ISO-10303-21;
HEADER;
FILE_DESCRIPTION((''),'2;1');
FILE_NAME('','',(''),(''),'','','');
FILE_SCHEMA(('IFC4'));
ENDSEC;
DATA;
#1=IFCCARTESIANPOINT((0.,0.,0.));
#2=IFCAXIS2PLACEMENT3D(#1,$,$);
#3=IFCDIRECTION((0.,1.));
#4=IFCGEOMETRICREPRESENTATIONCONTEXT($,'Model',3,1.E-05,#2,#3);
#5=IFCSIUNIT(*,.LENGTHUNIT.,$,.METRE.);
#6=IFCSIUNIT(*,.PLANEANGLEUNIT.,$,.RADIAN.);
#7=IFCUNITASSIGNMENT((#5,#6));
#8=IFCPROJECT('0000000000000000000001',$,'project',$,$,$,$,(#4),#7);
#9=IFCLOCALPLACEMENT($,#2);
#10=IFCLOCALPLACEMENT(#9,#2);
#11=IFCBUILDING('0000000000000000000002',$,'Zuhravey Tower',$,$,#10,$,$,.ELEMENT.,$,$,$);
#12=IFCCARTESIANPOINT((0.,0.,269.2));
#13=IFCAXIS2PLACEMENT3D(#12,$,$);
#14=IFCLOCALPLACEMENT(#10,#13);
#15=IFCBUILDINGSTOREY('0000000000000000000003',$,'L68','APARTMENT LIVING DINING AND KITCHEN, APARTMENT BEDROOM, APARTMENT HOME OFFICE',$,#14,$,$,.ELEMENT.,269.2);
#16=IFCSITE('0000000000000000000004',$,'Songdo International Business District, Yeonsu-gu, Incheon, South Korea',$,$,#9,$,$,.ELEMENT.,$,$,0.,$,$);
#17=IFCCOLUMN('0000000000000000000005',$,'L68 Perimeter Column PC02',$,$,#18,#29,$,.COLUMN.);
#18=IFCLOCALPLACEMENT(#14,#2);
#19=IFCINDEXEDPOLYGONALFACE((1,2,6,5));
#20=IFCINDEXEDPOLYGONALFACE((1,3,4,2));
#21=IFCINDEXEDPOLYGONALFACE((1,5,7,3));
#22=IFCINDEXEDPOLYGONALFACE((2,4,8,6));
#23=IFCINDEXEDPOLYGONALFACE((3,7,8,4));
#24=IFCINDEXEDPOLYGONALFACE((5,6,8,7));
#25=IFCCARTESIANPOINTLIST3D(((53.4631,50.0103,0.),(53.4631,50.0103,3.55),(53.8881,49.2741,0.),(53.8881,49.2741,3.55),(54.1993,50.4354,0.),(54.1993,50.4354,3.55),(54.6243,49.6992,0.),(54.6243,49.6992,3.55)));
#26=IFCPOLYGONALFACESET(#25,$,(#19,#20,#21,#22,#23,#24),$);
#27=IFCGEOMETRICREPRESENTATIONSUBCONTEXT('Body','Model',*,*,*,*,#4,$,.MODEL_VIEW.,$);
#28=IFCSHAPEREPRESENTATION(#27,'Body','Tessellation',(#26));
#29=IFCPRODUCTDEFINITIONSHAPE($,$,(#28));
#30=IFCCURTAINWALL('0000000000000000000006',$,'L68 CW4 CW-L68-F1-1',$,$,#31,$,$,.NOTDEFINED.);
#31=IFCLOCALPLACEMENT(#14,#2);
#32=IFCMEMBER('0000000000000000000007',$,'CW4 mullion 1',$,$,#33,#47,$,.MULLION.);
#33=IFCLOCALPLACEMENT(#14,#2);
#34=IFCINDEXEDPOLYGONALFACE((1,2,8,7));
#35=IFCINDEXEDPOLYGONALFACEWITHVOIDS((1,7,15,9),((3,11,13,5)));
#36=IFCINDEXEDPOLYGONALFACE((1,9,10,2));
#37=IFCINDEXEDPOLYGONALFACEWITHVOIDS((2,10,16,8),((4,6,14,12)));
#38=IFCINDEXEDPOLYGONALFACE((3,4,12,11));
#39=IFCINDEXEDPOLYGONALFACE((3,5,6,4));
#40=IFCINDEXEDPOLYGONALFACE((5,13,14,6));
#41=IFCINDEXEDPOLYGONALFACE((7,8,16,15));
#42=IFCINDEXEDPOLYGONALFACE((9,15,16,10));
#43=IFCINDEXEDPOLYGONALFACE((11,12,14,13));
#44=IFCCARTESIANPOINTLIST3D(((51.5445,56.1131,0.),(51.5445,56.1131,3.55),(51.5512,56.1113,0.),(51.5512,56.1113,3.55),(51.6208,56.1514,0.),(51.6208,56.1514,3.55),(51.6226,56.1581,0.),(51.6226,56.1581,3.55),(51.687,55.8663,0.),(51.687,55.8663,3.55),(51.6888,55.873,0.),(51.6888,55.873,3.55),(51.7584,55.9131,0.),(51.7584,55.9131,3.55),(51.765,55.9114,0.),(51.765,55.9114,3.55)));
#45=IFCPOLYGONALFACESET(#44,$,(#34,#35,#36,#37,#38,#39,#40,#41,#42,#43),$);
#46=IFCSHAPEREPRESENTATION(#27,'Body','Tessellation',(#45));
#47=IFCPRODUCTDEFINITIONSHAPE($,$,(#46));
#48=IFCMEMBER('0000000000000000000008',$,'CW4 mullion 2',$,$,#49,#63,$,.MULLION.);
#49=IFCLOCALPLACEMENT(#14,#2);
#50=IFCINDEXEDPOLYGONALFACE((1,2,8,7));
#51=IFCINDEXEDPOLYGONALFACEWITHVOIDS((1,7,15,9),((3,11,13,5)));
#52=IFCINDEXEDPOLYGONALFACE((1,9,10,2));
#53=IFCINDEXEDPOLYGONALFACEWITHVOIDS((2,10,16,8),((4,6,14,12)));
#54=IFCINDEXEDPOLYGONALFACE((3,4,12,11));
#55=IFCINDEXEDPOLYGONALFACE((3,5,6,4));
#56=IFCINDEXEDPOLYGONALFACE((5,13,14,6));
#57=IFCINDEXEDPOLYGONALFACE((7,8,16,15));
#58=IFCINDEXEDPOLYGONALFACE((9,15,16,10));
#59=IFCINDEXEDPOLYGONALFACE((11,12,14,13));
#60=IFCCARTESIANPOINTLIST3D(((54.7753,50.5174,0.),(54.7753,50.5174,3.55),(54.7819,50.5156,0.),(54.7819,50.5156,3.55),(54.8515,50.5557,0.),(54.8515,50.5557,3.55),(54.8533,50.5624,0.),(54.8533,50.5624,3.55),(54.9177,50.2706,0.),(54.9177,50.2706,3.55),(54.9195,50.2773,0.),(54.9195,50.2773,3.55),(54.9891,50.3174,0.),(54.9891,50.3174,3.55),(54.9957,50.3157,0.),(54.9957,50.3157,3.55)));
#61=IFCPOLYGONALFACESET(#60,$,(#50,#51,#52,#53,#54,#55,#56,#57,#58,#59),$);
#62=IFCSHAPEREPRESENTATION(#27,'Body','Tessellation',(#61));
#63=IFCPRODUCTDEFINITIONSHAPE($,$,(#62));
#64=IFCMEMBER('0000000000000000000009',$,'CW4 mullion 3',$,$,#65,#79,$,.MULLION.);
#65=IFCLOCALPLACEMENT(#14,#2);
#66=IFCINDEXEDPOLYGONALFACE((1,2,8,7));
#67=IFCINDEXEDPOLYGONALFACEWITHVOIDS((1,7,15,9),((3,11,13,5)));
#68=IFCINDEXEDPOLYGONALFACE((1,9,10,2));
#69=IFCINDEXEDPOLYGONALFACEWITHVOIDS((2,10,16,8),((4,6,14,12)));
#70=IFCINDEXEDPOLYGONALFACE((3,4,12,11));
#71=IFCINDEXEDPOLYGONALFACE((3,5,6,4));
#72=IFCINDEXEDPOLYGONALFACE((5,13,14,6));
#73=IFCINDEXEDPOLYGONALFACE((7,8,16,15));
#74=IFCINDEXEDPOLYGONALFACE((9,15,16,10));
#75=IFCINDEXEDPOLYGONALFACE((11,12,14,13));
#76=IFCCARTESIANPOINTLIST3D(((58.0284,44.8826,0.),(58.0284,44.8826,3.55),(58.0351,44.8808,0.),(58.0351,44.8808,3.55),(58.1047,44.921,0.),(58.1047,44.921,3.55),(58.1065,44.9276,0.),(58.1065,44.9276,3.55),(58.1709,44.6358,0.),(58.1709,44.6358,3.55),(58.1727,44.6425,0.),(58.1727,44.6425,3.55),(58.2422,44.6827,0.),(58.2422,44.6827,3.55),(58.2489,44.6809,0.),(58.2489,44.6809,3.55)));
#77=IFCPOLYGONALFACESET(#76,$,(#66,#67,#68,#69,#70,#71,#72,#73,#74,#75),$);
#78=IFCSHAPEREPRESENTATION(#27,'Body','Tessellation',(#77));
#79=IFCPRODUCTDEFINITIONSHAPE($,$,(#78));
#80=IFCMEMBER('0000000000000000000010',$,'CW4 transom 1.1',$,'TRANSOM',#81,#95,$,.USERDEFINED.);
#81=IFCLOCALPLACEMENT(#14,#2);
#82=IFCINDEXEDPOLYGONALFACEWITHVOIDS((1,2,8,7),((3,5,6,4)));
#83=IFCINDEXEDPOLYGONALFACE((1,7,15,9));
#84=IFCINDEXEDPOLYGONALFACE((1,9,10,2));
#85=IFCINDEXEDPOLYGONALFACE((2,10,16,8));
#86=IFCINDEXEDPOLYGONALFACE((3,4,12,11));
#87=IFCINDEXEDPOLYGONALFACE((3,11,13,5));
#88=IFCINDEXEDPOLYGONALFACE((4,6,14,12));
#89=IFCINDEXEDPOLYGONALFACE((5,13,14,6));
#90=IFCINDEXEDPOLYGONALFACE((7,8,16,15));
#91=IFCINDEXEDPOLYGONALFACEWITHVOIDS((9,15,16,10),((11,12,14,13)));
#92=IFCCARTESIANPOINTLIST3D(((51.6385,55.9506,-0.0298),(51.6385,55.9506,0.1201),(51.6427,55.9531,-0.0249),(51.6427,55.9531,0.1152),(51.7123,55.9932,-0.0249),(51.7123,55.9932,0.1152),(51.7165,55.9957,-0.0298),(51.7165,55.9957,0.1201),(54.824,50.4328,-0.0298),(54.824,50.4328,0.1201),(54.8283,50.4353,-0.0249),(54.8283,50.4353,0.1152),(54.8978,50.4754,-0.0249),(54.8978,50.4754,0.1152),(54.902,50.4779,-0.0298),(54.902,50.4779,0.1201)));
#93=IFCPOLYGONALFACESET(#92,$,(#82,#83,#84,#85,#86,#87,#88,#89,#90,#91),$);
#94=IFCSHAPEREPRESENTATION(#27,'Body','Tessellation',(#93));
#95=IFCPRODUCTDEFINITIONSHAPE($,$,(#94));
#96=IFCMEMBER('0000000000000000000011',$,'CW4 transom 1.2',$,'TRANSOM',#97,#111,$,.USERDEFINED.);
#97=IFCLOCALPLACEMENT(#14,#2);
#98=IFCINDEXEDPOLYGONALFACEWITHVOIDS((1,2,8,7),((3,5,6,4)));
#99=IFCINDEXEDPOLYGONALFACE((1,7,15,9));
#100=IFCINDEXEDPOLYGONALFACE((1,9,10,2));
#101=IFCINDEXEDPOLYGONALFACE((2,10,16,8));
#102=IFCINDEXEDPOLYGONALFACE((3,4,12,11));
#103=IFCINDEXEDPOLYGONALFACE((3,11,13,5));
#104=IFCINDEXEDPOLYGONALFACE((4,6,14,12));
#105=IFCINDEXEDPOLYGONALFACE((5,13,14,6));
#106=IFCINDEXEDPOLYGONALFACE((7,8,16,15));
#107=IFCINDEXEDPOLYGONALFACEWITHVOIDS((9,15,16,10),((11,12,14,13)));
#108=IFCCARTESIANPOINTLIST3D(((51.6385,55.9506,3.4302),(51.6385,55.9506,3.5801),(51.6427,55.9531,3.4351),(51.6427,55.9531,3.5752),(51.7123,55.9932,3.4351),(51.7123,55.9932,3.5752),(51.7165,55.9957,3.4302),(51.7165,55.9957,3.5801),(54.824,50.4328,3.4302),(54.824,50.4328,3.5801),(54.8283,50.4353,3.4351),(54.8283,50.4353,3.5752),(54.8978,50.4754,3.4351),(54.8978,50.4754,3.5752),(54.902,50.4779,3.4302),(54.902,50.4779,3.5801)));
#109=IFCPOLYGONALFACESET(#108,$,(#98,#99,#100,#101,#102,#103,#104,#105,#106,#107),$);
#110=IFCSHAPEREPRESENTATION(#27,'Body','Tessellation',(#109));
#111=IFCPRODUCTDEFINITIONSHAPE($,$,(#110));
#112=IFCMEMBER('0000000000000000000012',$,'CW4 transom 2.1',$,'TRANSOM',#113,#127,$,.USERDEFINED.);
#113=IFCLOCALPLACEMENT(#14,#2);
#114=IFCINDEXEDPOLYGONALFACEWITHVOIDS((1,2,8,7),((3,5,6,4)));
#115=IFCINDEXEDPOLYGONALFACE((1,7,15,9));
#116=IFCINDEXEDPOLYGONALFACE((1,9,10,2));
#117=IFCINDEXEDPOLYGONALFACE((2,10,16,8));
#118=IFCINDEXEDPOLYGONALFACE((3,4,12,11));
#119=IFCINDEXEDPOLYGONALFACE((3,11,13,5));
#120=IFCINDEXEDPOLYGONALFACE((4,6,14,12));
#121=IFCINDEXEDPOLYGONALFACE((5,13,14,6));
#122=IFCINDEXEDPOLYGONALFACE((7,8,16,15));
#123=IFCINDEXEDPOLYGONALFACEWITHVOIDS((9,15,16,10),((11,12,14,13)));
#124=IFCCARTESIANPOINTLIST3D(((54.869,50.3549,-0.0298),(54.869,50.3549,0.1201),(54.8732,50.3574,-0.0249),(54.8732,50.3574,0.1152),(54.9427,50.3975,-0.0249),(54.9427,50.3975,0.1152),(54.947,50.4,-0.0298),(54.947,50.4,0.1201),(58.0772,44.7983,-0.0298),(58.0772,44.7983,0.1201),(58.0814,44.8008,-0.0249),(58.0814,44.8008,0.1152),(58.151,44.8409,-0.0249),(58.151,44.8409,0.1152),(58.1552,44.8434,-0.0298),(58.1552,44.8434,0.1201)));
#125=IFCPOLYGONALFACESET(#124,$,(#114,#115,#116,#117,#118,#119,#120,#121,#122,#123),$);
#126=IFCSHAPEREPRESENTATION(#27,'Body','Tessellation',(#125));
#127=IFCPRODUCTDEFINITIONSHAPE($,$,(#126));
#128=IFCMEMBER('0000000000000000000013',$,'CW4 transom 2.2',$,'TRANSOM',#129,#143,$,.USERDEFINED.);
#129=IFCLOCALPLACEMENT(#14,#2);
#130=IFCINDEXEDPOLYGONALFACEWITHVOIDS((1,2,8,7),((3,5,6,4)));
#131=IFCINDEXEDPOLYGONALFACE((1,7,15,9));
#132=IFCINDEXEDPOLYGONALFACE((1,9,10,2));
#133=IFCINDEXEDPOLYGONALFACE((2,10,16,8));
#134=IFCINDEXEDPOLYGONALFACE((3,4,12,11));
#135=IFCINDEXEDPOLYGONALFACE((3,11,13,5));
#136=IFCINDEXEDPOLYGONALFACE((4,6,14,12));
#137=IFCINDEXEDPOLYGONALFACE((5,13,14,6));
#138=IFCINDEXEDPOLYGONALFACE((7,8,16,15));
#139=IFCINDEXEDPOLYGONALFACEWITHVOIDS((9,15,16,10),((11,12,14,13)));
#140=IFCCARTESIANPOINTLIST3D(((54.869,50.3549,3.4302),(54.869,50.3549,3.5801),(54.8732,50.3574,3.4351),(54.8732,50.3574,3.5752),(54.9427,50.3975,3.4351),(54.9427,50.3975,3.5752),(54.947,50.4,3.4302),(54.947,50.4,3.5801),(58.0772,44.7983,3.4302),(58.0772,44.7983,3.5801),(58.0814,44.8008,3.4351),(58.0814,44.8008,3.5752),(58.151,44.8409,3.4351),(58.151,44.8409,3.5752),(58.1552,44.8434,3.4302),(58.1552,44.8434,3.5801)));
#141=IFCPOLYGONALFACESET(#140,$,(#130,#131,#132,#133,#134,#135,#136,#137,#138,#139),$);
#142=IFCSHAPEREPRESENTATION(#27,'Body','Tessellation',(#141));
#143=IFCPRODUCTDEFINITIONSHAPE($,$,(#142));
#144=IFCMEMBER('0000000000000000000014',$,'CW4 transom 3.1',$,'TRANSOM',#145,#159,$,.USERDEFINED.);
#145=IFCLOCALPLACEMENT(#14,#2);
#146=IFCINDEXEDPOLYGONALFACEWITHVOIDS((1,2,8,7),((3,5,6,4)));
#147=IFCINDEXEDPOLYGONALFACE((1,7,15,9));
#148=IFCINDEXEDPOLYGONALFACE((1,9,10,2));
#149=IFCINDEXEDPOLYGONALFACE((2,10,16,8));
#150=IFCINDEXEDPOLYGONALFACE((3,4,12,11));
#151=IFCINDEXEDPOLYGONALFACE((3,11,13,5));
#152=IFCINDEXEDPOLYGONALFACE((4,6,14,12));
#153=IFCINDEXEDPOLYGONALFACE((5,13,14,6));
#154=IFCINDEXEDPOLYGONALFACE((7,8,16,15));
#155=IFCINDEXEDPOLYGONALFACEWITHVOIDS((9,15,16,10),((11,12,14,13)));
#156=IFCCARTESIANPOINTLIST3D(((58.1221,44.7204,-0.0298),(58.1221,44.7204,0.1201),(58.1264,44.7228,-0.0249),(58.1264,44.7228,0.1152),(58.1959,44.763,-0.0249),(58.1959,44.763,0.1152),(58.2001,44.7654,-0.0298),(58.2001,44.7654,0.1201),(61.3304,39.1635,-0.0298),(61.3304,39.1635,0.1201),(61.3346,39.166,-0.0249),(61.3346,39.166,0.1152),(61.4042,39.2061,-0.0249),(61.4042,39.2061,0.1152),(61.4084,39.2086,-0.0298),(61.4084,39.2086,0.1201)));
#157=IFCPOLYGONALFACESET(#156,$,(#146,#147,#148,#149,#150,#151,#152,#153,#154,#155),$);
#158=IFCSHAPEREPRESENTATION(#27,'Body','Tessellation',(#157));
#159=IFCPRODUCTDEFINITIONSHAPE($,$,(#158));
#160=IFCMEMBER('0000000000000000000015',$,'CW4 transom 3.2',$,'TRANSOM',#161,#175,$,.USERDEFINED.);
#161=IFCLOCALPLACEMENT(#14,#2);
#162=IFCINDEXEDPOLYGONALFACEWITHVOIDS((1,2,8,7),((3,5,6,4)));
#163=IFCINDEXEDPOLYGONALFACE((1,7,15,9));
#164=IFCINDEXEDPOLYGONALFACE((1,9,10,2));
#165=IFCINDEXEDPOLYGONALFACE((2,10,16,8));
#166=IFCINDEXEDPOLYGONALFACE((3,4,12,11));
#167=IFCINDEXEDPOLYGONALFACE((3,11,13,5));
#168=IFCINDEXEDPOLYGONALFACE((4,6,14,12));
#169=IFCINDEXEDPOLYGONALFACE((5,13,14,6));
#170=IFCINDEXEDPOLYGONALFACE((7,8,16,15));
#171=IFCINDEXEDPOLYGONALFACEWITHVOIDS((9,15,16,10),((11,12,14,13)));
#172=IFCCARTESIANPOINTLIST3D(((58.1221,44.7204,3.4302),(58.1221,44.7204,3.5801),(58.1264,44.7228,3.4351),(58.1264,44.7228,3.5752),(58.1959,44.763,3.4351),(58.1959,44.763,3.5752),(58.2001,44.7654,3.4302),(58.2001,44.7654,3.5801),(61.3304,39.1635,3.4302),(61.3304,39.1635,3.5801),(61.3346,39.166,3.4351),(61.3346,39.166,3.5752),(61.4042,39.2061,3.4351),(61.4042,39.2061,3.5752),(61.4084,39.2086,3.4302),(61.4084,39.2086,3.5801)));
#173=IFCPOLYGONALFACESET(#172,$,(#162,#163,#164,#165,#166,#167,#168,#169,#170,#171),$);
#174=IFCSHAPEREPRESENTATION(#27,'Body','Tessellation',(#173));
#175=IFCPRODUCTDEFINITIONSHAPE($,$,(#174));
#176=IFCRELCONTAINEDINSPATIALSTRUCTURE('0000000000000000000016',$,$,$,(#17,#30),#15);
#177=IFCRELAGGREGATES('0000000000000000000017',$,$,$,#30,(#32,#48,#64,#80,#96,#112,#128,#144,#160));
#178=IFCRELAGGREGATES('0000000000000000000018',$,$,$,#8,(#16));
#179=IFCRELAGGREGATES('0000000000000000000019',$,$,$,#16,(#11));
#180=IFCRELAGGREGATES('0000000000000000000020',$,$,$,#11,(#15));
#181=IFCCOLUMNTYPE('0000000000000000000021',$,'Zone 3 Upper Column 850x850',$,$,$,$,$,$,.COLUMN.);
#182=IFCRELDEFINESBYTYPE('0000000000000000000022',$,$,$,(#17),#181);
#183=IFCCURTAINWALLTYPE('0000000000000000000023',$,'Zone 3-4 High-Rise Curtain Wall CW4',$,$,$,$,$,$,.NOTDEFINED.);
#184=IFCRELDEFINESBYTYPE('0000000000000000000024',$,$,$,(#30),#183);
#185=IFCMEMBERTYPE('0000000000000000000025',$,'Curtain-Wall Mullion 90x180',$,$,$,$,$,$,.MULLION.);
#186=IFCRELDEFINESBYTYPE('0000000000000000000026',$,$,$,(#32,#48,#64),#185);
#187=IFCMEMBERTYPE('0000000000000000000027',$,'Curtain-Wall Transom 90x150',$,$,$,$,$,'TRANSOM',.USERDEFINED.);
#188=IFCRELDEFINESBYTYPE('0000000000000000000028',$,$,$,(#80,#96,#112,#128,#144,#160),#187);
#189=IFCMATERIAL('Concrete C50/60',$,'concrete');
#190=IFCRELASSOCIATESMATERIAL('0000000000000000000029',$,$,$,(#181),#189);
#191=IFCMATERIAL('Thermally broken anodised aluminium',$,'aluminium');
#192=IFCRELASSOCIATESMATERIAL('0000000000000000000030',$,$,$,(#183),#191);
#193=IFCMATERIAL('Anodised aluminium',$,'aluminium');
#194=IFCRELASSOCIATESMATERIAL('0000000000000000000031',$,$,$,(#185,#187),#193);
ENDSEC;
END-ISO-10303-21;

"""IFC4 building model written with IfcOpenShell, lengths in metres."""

from ifc_helpers import new_model, si_unit, direction, frame, origin, origin_2d, place, context, subcontext, project, spatial, rectangle, hollow_rectangle, extrude, material, material_profile, profile_set, type_object, element, aggregate, save


model = new_model("IFC4")

# Units and contexts
model_context = context("Model", 3, precision=1e-05, world=origin(), true_north=direction((0.0, 1.0)))
body_context = subcontext(model_context, "Body", "Model", "MODEL_VIEW")
ifc_project = project(units=[si_unit("LENGTHUNIT", "METRE"), si_unit("PLANEANGLEUNIT", "RADIAN")], contexts=[model_context])

# Site, building, storey
site_placement = place(None, origin())
site = spatial("IfcSite", under=ifc_project, at=site_placement, Name="Songdo International Business District, Yeonsu-gu, Incheon, South Korea", CompositionType="ELEMENT", RefElevation=0.0)
building_placement = place(site_placement, origin())
building = spatial("IfcBuilding", under=site, at=building_placement, Name="Zuhravey Tower", CompositionType="ELEMENT")
storey_placement = place(building_placement, frame((0.0, 0.0, 269.2)))
storey = spatial("IfcBuildingStorey", under=building, at=storey_placement, Name="L68", Description="APARTMENT LIVING DINING AND KITCHEN, APARTMENT BEDROOM, APARTMENT HOME OFFICE", CompositionType="ELEMENT", Elevation=269.2)

# Column
ifc_material_1 = material(Name="Concrete C50/60", Category="concrete")
ifc_material_profile_1 = material_profile(ifc_material_1, rectangle(XDim=0.8501, YDim=0.8501, at=origin_2d()), Name="RC-850x850")
ifc_profile_set_1 = profile_set([ifc_material_profile_1], Name="Concrete C50/60")
column_type = type_object("IfcColumnType", Name="Zone 3 Upper Column 850x850", PredefinedType="COLUMN", material=ifc_profile_set_1)
column_placement = place(storey_placement, frame((54.0437, 49.8547, 0.0), z_axis=(0.0, 0.0, 1.0), x_axis=(-0.5, 0.866025, 0.0)))
element("IfcColumn", 1, at=column_placement, inside=storey, type_object=column_type, Name="L68 Perimeter Column PC02", PredefinedType="COLUMN", context=body_context, shape_type="SweptSolid", body=[
    extrude(rectangle(XDim=0.8501, YDim=0.8501, at=origin_2d()), origin(), (0.0, 0.0, 1.0), 3.55),
])

# Curtain wall, members
ifc_material_2 = material(Name="Thermally broken anodised aluminium", Category="aluminium")
curtain_wall_type = type_object("IfcCurtainWallType", Name="Zone 3-4 High-Rise Curtain Wall CW4", PredefinedType="NOTDEFINED", material=ifc_material_2)
curtain_wall_placement = place(storey_placement, origin())
curtain_wall = element("IfcCurtainWall", 2, at=curtain_wall_placement, inside=storey, type_object=curtain_wall_type, Name="L68 CW4 CW-L68-F1-1", PredefinedType="NOTDEFINED")
ifc_material_3 = material(Name="Anodised aluminium", Category="aluminium")
ifc_material_profile_2 = material_profile(ifc_material_3, hollow_rectangle(XDim=0.0901, YDim=0.2849, WallThickness=0.0049, at=origin_2d()), Name="ALU-RHS-90x285x5")
ifc_profile_set_2 = profile_set([ifc_material_profile_2], Name="Anodised aluminium")
member_type_1 = type_object("IfcMemberType", Name="Curtain-Wall Mullion 90x180", PredefinedType="MULLION", material=ifc_profile_set_2)
member_1_placement = place(storey_placement, frame((51.6548, 56.0122, 0.0), z_axis=(0.0, 0.0, 1.0), x_axis=(0.866025, 0.500001, 0.0)))
member_1 = element("IfcMember", 3, at=member_1_placement, type_object=member_type_1, Name="CW4 mullion 1", PredefinedType="MULLION", context=body_context, shape_type="SweptSolid", body=[
    extrude(hollow_rectangle(XDim=0.0901, YDim=0.2849, WallThickness=0.0049, at=origin_2d()), origin(), (0.0, 0.0, 1.0), 3.55),
])
member_2_placement = place(storey_placement, frame((54.8855, 50.4165, 0.0), z_axis=(0.0, 0.0, 1.0), x_axis=(0.866025, 0.500001, 0.0)))
member_2 = element("IfcMember", 4, at=member_2_placement, type_object=member_type_1, Name="CW4 mullion 2", PredefinedType="MULLION", context=body_context, shape_type="SweptSolid", body=[
    extrude(hollow_rectangle(XDim=0.0901, YDim=0.2849, WallThickness=0.0049, at=origin_2d()), origin(), (0.0, 0.0, 1.0), 3.55),
])
member_3_placement = place(storey_placement, frame((58.1387, 44.7817, 0.0), z_axis=(0.0, 0.0, 1.0), x_axis=(0.866025, 0.500001, 0.0)))
member_3 = element("IfcMember", 5, at=member_3_placement, type_object=member_type_1, Name="CW4 mullion 3", PredefinedType="MULLION", context=body_context, shape_type="SweptSolid", body=[
    extrude(hollow_rectangle(XDim=0.0901, YDim=0.2849, WallThickness=0.0049, at=origin_2d()), origin(), (0.0, 0.0, 1.0), 3.55),
])
ifc_material_profile_3 = material_profile(ifc_material_3, hollow_rectangle(XDim=0.0901, YDim=0.1499, WallThickness=0.0049, at=origin_2d()), Name="ALU-RHS-90x150x5")
ifc_profile_set_3 = profile_set([ifc_material_profile_3], Name="Anodised aluminium")
member_type_2 = type_object("IfcMemberType", Name="Curtain-Wall Transom 90x150", ElementType="TRANSOM", PredefinedType="USERDEFINED", material=ifc_profile_set_3)
member_4_placement = place(storey_placement, frame((51.6775, 55.9731, 0.0452), z_axis=(0.49998, -0.866037, 0.0), x_axis=(0.866037, 0.49998, 0.0)))
member_4 = element("IfcMember", 6, at=member_4_placement, type_object=member_type_2, Name="CW4 transom 1.1", ObjectType="TRANSOM", PredefinedType="USERDEFINED", context=body_context, shape_type="SweptSolid", body=[
    extrude(hollow_rectangle(XDim=0.0901, YDim=0.1499, WallThickness=0.0049, at=origin_2d()), origin(), (0.0, 0.0, 1.0), 6.3713),
])
member_5_placement = place(storey_placement, frame((51.6775, 55.9731, 3.5051), z_axis=(0.49998, -0.866037, 0.0), x_axis=(0.866037, 0.49998, 0.0)))
member_5 = element("IfcMember", 7, at=member_5_placement, type_object=member_type_2, Name="CW4 transom 1.2", ObjectType="TRANSOM", PredefinedType="USERDEFINED", context=body_context, shape_type="SweptSolid", body=[
    extrude(hollow_rectangle(XDim=0.0901, YDim=0.1499, WallThickness=0.0049, at=origin_2d()), origin(), (0.0, 0.0, 1.0), 6.3713),
])
member_6_placement = place(storey_placement, frame((54.908, 50.3774, 0.0452), z_axis=(0.500014, -0.866017, 0.0), x_axis=(0.866017, 0.500014, 0.0)))
member_6 = element("IfcMember", 8, at=member_6_placement, type_object=member_type_2, Name="CW4 transom 2.1", ObjectType="TRANSOM", PredefinedType="USERDEFINED", context=body_context, shape_type="SweptSolid", body=[
    extrude(hollow_rectangle(XDim=0.0901, YDim=0.1499, WallThickness=0.0049, at=origin_2d()), origin(), (0.0, 0.0, 1.0), 6.4163),
])
member_7_placement = place(storey_placement, frame((54.908, 50.3774, 3.5051), z_axis=(0.500014, -0.866017, 0.0), x_axis=(0.866017, 0.500014, 0.0)))
member_7 = element("IfcMember", 9, at=member_7_placement, type_object=member_type_2, Name="CW4 transom 2.2", ObjectType="TRANSOM", PredefinedType="USERDEFINED", context=body_context, shape_type="SweptSolid", body=[
    extrude(hollow_rectangle(XDim=0.0901, YDim=0.1499, WallThickness=0.0049, at=origin_2d()), origin(), (0.0, 0.0, 1.0), 6.4163),
])
member_8_placement = place(storey_placement, frame((58.1611, 44.7429, 0.0452), z_axis=(0.499998, -0.866027, 0.0), x_axis=(0.866027, 0.499998, 0.0)))
member_8 = element("IfcMember", 10, at=member_8_placement, type_object=member_type_2, Name="CW4 transom 3.1", ObjectType="TRANSOM", PredefinedType="USERDEFINED", context=body_context, shape_type="SweptSolid", body=[
    extrude(hollow_rectangle(XDim=0.0901, YDim=0.1499, WallThickness=0.0049, at=origin_2d()), origin(), (0.0, 0.0, 1.0), 6.4165),
])
member_9_placement = place(storey_placement, frame((58.1611, 44.7429, 3.5051), z_axis=(0.499998, -0.866027, 0.0), x_axis=(0.866027, 0.499998, 0.0)))
member_9 = element("IfcMember", 11, at=member_9_placement, type_object=member_type_2, Name="CW4 transom 3.2", ObjectType="TRANSOM", PredefinedType="USERDEFINED", context=body_context, shape_type="SweptSolid", body=[
    extrude(hollow_rectangle(XDim=0.0901, YDim=0.1499, WallThickness=0.0049, at=origin_2d()), origin(), (0.0, 0.0, 1.0), 6.4165),
])

aggregate(curtain_wall, [member_1, member_2, member_3, member_4, member_5, member_6, member_7, member_8, member_9])

save(model, "model.ifc")
